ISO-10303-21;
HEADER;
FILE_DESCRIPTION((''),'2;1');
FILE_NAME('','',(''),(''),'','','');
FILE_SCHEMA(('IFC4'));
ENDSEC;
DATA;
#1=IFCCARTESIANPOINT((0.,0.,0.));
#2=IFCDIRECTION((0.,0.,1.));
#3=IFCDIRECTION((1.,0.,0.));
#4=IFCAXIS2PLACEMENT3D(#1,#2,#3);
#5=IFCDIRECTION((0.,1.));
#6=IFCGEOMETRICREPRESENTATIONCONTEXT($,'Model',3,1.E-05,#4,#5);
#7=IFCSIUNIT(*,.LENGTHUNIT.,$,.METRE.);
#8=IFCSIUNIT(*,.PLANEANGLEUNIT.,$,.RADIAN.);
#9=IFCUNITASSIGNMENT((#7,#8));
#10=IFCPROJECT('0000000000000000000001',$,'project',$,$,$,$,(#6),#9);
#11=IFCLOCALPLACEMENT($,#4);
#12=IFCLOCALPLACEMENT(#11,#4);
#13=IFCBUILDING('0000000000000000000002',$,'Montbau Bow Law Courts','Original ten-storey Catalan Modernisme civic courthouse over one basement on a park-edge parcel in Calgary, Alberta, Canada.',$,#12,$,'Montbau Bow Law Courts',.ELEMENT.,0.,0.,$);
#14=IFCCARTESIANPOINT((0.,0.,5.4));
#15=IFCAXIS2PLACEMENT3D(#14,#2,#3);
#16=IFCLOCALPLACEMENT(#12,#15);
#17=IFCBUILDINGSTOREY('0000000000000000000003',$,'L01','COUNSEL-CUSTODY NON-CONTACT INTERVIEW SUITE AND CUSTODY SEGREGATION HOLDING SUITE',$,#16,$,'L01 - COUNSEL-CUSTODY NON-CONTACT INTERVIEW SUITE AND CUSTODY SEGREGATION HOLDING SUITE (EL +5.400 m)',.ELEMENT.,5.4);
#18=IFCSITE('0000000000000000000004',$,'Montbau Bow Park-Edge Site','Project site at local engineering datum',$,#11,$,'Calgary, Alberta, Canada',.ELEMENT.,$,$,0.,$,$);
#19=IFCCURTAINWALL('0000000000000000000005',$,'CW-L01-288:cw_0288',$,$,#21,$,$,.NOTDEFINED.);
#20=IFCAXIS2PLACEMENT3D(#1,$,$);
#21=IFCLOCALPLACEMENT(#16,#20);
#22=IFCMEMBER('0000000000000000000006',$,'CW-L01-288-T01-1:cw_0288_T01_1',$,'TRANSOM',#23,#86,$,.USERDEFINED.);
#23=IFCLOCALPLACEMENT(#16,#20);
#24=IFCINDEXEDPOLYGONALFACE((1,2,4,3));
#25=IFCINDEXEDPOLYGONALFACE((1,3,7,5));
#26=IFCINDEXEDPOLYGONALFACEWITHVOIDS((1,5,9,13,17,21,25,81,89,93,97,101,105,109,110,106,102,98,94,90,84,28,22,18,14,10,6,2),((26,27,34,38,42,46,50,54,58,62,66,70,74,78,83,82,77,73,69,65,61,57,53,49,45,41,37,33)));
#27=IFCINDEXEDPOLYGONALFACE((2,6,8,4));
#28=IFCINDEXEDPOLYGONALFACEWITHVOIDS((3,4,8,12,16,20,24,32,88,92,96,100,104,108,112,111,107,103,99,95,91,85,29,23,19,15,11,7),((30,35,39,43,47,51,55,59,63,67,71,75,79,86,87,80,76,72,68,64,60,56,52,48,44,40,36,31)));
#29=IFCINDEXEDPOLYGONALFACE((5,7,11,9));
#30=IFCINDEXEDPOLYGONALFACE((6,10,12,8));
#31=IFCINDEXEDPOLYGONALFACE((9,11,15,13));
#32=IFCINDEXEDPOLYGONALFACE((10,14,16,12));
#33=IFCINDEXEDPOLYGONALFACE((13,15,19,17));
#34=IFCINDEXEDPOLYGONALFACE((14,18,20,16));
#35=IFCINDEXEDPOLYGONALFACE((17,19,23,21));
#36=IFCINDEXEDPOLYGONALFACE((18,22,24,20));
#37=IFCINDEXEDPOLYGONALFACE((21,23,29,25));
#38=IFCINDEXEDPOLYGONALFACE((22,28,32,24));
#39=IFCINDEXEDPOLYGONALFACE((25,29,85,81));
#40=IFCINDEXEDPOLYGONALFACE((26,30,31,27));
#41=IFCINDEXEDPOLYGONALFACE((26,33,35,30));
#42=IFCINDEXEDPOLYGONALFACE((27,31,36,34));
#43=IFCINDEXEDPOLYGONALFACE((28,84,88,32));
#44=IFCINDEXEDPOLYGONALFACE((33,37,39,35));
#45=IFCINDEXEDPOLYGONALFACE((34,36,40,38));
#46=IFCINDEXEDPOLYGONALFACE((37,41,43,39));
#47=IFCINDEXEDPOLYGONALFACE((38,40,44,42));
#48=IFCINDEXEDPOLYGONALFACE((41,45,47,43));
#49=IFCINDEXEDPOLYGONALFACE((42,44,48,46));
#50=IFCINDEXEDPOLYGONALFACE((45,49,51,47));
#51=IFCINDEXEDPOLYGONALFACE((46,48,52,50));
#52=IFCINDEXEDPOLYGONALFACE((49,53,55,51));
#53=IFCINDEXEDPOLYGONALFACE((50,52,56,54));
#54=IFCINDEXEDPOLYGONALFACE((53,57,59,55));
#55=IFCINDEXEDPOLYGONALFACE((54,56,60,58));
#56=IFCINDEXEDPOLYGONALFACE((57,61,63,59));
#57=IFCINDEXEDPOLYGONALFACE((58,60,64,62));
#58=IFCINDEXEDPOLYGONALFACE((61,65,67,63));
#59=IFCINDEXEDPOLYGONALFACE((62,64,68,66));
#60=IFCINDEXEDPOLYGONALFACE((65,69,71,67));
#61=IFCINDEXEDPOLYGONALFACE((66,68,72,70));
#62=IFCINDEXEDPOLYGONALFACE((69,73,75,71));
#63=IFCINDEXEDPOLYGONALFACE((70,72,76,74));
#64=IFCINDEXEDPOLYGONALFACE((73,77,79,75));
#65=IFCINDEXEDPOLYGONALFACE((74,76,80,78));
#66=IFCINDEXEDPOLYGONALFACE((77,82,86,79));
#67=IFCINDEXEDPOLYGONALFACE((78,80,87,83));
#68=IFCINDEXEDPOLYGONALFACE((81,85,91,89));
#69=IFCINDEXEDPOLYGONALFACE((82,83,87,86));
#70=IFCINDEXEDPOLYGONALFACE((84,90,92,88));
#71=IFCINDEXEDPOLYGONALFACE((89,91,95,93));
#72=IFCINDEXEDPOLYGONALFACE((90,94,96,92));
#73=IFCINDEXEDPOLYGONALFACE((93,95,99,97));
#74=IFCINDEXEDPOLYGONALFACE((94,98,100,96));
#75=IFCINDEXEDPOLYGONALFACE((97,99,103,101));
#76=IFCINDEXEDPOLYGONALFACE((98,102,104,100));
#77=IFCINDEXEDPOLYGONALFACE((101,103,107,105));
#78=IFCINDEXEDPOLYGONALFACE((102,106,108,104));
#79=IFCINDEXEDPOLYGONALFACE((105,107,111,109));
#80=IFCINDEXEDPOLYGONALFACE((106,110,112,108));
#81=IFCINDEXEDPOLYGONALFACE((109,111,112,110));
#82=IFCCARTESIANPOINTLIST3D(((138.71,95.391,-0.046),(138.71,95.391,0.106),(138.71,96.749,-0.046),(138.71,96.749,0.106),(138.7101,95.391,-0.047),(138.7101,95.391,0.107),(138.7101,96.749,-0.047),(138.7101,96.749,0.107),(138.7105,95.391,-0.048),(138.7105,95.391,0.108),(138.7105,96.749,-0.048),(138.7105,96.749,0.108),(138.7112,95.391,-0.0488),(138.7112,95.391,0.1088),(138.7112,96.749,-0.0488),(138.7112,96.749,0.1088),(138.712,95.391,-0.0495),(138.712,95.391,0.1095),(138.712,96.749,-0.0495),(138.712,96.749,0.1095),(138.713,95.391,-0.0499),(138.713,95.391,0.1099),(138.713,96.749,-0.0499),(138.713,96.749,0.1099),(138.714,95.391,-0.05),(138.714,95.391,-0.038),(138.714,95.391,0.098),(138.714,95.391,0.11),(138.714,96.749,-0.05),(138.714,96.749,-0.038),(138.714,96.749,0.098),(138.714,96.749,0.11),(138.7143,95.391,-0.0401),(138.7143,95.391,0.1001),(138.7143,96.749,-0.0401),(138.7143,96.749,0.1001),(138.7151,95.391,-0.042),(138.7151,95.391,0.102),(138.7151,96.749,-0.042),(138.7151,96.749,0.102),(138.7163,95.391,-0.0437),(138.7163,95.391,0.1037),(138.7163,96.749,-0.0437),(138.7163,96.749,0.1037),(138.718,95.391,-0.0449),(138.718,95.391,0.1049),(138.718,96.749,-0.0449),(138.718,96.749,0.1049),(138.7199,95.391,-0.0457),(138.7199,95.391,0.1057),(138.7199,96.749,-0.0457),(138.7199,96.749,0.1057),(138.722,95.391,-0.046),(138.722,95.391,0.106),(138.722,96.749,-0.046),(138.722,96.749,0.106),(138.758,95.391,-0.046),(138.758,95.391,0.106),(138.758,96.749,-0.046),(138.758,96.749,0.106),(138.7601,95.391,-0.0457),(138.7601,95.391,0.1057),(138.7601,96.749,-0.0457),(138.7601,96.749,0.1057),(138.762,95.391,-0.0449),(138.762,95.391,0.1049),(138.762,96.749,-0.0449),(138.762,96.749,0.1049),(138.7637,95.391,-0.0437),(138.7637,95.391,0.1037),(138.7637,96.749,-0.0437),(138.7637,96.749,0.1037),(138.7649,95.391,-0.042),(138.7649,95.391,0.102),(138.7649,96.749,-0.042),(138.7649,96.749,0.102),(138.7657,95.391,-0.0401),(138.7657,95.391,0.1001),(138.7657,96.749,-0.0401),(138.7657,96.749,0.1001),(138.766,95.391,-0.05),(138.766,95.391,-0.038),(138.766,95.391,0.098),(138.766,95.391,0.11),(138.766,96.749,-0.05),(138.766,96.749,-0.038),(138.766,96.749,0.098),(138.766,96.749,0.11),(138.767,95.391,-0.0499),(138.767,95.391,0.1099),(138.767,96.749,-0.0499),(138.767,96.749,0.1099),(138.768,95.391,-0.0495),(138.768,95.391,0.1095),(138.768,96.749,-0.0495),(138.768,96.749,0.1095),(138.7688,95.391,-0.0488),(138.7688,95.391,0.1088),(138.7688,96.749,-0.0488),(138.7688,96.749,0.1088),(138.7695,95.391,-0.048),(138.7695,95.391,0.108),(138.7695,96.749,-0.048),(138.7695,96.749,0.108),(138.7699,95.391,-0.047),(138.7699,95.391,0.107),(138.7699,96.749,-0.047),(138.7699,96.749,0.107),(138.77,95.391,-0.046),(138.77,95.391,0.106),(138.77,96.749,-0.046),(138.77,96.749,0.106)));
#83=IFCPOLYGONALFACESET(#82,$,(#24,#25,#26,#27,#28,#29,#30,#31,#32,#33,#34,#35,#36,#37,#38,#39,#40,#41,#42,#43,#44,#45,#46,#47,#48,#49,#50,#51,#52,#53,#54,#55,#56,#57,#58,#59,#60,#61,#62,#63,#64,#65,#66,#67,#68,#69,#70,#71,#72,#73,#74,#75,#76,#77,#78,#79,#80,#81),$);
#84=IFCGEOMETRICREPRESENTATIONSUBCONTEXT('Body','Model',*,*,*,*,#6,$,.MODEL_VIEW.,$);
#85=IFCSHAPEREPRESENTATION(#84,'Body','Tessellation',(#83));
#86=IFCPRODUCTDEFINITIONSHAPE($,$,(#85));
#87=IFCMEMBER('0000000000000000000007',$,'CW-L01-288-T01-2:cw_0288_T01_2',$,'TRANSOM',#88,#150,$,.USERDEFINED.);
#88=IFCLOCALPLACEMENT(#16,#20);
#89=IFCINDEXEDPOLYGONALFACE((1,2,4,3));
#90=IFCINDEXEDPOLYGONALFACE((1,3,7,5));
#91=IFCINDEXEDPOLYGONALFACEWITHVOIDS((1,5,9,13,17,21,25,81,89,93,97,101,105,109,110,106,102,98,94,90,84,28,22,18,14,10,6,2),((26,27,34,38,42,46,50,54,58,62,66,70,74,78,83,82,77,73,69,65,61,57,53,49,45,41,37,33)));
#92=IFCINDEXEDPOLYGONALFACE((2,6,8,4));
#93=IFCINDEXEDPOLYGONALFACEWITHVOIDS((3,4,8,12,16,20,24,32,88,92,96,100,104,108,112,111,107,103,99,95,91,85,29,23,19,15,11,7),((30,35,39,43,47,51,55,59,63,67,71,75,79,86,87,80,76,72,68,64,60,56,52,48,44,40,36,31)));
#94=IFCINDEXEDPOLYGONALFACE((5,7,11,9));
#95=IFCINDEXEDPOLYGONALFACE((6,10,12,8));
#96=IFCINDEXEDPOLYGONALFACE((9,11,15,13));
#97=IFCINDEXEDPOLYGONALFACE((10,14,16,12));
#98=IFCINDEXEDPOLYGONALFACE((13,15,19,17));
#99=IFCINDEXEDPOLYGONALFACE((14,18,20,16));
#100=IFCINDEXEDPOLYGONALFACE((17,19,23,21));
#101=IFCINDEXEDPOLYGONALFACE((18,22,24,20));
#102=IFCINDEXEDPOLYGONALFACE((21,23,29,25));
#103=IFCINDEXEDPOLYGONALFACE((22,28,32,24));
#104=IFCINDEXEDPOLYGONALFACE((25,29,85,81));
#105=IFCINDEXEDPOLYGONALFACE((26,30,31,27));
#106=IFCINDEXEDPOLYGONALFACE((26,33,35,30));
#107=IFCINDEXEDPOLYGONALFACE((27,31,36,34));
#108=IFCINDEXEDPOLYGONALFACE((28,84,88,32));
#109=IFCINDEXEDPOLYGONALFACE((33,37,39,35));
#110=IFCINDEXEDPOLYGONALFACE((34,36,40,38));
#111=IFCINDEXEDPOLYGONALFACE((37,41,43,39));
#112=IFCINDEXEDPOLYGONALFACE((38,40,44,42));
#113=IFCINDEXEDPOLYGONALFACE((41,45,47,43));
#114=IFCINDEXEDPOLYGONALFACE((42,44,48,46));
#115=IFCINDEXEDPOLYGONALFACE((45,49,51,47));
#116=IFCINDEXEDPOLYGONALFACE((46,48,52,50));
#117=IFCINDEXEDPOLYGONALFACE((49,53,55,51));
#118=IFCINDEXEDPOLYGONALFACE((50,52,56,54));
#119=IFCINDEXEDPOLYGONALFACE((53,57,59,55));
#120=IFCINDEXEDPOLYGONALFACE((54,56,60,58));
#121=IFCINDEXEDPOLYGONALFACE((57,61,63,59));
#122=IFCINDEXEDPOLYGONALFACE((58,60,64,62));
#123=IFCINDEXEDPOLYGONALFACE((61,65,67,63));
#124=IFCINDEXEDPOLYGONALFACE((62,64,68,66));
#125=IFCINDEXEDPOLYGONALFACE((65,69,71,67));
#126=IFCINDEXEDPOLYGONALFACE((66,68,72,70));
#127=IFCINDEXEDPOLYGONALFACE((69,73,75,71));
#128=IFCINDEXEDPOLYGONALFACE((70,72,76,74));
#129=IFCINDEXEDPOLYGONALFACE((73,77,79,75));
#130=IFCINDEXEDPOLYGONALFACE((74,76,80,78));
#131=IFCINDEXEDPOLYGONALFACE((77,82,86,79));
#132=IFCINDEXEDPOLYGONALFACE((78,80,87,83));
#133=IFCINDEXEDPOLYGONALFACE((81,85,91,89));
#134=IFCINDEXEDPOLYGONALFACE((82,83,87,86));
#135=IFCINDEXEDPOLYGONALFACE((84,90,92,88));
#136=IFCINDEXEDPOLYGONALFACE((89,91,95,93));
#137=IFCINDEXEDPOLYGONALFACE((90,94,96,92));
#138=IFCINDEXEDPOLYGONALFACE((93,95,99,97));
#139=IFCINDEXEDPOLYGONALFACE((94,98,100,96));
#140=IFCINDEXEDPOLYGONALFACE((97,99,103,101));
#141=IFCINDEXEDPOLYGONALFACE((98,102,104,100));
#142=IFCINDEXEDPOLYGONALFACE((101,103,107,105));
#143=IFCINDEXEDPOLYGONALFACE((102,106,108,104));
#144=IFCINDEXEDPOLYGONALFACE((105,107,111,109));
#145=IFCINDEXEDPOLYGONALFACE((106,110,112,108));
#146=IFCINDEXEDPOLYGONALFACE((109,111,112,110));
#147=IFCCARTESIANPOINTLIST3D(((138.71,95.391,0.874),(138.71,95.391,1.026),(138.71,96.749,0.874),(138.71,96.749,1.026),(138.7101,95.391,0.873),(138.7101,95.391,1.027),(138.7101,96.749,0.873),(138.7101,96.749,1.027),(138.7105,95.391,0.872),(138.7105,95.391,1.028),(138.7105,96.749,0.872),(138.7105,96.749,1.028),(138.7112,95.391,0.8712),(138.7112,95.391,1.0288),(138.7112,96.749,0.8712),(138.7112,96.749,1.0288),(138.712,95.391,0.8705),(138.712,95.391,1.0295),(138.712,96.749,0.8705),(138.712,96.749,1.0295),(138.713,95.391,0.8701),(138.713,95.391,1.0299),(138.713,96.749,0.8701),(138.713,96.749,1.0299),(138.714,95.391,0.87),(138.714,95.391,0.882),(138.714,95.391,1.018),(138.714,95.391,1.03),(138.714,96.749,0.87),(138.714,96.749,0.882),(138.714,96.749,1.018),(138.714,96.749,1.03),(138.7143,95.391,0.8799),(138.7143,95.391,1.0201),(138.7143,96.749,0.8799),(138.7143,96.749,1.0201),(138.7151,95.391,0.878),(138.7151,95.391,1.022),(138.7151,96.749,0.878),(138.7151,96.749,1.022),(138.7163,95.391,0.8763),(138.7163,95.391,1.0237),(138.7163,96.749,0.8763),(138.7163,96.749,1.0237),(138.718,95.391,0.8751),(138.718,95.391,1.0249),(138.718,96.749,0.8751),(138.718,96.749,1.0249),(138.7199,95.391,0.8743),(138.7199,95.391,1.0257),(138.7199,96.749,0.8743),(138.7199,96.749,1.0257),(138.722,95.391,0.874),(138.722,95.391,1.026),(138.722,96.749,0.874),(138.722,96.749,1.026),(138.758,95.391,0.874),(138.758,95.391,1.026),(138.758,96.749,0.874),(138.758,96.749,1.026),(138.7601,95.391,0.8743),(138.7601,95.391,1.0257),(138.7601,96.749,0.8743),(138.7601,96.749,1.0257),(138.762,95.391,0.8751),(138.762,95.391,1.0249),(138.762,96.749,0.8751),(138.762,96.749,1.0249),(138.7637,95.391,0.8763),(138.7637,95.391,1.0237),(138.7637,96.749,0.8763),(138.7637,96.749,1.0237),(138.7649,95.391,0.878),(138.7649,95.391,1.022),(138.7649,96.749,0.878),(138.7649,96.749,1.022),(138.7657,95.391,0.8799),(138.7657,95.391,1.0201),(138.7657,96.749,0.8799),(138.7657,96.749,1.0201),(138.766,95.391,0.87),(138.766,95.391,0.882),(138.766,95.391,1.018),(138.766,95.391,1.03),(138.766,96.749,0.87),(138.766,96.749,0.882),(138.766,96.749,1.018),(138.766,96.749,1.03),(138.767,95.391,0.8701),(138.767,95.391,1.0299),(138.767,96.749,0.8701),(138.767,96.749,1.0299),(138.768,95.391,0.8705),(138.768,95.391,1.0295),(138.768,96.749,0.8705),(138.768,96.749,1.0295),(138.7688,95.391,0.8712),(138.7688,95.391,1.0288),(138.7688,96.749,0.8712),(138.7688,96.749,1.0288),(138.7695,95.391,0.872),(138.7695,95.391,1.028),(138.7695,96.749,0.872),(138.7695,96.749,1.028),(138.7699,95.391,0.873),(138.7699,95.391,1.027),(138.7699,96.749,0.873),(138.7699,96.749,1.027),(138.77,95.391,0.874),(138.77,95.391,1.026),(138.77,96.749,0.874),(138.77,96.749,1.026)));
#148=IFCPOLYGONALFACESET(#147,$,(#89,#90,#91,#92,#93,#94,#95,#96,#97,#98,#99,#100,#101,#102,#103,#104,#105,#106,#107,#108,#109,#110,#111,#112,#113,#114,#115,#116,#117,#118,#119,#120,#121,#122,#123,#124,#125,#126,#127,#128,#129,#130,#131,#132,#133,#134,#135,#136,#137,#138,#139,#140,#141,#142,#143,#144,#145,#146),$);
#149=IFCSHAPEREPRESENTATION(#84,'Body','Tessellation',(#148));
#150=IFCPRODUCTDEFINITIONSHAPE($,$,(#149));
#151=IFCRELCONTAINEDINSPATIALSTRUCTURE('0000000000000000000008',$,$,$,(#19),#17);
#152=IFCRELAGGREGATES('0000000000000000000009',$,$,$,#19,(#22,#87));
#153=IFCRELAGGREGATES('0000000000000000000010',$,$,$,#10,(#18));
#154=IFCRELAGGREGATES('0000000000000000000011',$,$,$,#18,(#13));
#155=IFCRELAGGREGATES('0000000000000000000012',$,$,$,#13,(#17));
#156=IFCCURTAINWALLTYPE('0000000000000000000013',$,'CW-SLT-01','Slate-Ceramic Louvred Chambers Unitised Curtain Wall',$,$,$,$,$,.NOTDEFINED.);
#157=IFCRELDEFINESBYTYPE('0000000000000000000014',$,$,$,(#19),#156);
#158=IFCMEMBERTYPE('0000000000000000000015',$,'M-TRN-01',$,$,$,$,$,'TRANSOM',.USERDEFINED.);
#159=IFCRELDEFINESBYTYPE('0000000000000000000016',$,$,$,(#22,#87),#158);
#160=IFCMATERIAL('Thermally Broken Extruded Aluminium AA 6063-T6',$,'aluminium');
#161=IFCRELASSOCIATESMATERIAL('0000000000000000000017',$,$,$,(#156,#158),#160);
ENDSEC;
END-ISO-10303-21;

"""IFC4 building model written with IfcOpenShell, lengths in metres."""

from ifc_helpers import new_model, si_unit, direction, frame, origin_with_axes, origin_2d_with_axis, place, context, subcontext, project, spatial, hollow_rectangle, extrude, material, material_profile, profile_set, type_object, element, aggregate, save


model = new_model("IFC4")

# Units and contexts
model_context = context("Model", 3, precision=1e-05, world=origin_with_axes(), true_north=direction((0.0, 1.0)))
body_context = subcontext(model_context, "Body", "Model", "MODEL_VIEW")
ifc_project = project(units=[si_unit("LENGTHUNIT", "METRE"), si_unit("PLANEANGLEUNIT", "RADIAN")], contexts=[model_context])

# Site, building, storey
site_placement = place(None, origin_with_axes())
site = spatial("IfcSite", under=ifc_project, at=site_placement, Name="Montbau Bow Park-Edge Site", Description="Project site at local engineering datum", LongName="Calgary, Alberta, Canada", CompositionType="ELEMENT", RefElevation=0.0)
building_placement = place(site_placement, origin_with_axes())
building = spatial("IfcBuilding", under=site, at=building_placement, Name="Montbau Bow Law Courts", Description="Original ten-storey Catalan Modernisme civic courthouse over one basement on a park-edge parcel in Calgary, Alberta, Canada.", LongName="Montbau Bow Law Courts", CompositionType="ELEMENT", ElevationOfRefHeight=0.0, ElevationOfTerrain=0.0)
storey_placement = place(building_placement, frame((0.0, 0.0, 5.4), z_axis=(0.0, 0.0, 1.0), x_axis=(1.0, 0.0, 0.0)))
storey = spatial("IfcBuildingStorey", under=building, at=storey_placement, Name="L01", Description="COUNSEL-CUSTODY NON-CONTACT INTERVIEW SUITE AND CUSTODY SEGREGATION HOLDING SUITE", LongName="L01 - COUNSEL-CUSTODY NON-CONTACT INTERVIEW SUITE AND CUSTODY SEGREGATION HOLDING SUITE (EL +5.400 m)", CompositionType="ELEMENT", Elevation=5.4)

# Curtain wall
ifc_material_1 = material(Name="Thermally Broken Extruded Aluminium AA 6063-T6", Category="aluminium")
curtain_wall_type = type_object("IfcCurtainWallType", Name="CW-SLT-01", Description="Slate-Ceramic Louvred Chambers Unitised Curtain Wall", PredefinedType="NOTDEFINED", material=ifc_material_1)
curtain_wall_1_placement = place(None, frame((138.74, 95.315, 5.4), z_axis=(0.0, 0.0, 1.0), x_axis=(1.0, 0.0, 0.0)))
curtain_wall_1 = element("IfcCurtainWall", 1, at=curtain_wall_1_placement, inside=storey, type_object=curtain_wall_type, Name="CW-L01-288:cw_0288", PredefinedType="NOTDEFINED")

# Members
ifc_material_profile_1 = material_profile(ifc_material_1, hollow_rectangle(XDim=0.06, YDim=0.16, WallThickness=0.004, InnerFilletRadius=0.008, OuterFilletRadius=0.004, at=origin_2d_with_axis()), Name="CWT-160X60", Category="Main", Priority=0)
ifc_profile_set_1 = profile_set([ifc_material_profile_1], Name="Thermally Broken Extruded Aluminium AA 6063-T6")
member_type_1 = type_object("IfcMemberType", Name="M-TRN-01", ElementType="TRANSOM", PredefinedType="USERDEFINED", material=ifc_profile_set_1)
member_1_placement = place(None, frame((138.74, 95.391, 5.43), z_axis=(0.0, 1.0, 0.0), x_axis=(-1.0, 0.0, 0.0)))
member_1 = element("IfcMember", 2, at=member_1_placement, type_object=member_type_1, Name="CW-L01-288-T01-1:cw_0288_T01_1", ObjectType="TRANSOM", PredefinedType="USERDEFINED", context=body_context, shape_type="SweptSolid", body=[
    extrude(hollow_rectangle(XDim=0.06, YDim=0.16, WallThickness=0.004, InnerFilletRadius=0.008, OuterFilletRadius=0.004, at=origin_2d_with_axis()), origin_with_axes(), (0.0, 0.0, 1.0), 1.358),
])
member_2_placement = place(None, frame((138.74, 95.391, 6.35), z_axis=(0.0, 1.0, 0.0), x_axis=(-1.0, 0.0, 0.0)))
member_2 = element("IfcMember", 3, at=member_2_placement, type_object=member_type_1, Name="CW-L01-288-T01-2:cw_0288_T01_2", ObjectType="TRANSOM", PredefinedType="USERDEFINED", context=body_context, shape_type="SweptSolid", body=[
    extrude(hollow_rectangle(XDim=0.06, YDim=0.16, WallThickness=0.004, InnerFilletRadius=0.008, OuterFilletRadius=0.004, at=origin_2d_with_axis()), origin_with_axes(), (0.0, 0.0, 1.0), 1.358),
])

aggregate(curtain_wall_1, [member_1, member_2])

save(model, "model.ifc")
